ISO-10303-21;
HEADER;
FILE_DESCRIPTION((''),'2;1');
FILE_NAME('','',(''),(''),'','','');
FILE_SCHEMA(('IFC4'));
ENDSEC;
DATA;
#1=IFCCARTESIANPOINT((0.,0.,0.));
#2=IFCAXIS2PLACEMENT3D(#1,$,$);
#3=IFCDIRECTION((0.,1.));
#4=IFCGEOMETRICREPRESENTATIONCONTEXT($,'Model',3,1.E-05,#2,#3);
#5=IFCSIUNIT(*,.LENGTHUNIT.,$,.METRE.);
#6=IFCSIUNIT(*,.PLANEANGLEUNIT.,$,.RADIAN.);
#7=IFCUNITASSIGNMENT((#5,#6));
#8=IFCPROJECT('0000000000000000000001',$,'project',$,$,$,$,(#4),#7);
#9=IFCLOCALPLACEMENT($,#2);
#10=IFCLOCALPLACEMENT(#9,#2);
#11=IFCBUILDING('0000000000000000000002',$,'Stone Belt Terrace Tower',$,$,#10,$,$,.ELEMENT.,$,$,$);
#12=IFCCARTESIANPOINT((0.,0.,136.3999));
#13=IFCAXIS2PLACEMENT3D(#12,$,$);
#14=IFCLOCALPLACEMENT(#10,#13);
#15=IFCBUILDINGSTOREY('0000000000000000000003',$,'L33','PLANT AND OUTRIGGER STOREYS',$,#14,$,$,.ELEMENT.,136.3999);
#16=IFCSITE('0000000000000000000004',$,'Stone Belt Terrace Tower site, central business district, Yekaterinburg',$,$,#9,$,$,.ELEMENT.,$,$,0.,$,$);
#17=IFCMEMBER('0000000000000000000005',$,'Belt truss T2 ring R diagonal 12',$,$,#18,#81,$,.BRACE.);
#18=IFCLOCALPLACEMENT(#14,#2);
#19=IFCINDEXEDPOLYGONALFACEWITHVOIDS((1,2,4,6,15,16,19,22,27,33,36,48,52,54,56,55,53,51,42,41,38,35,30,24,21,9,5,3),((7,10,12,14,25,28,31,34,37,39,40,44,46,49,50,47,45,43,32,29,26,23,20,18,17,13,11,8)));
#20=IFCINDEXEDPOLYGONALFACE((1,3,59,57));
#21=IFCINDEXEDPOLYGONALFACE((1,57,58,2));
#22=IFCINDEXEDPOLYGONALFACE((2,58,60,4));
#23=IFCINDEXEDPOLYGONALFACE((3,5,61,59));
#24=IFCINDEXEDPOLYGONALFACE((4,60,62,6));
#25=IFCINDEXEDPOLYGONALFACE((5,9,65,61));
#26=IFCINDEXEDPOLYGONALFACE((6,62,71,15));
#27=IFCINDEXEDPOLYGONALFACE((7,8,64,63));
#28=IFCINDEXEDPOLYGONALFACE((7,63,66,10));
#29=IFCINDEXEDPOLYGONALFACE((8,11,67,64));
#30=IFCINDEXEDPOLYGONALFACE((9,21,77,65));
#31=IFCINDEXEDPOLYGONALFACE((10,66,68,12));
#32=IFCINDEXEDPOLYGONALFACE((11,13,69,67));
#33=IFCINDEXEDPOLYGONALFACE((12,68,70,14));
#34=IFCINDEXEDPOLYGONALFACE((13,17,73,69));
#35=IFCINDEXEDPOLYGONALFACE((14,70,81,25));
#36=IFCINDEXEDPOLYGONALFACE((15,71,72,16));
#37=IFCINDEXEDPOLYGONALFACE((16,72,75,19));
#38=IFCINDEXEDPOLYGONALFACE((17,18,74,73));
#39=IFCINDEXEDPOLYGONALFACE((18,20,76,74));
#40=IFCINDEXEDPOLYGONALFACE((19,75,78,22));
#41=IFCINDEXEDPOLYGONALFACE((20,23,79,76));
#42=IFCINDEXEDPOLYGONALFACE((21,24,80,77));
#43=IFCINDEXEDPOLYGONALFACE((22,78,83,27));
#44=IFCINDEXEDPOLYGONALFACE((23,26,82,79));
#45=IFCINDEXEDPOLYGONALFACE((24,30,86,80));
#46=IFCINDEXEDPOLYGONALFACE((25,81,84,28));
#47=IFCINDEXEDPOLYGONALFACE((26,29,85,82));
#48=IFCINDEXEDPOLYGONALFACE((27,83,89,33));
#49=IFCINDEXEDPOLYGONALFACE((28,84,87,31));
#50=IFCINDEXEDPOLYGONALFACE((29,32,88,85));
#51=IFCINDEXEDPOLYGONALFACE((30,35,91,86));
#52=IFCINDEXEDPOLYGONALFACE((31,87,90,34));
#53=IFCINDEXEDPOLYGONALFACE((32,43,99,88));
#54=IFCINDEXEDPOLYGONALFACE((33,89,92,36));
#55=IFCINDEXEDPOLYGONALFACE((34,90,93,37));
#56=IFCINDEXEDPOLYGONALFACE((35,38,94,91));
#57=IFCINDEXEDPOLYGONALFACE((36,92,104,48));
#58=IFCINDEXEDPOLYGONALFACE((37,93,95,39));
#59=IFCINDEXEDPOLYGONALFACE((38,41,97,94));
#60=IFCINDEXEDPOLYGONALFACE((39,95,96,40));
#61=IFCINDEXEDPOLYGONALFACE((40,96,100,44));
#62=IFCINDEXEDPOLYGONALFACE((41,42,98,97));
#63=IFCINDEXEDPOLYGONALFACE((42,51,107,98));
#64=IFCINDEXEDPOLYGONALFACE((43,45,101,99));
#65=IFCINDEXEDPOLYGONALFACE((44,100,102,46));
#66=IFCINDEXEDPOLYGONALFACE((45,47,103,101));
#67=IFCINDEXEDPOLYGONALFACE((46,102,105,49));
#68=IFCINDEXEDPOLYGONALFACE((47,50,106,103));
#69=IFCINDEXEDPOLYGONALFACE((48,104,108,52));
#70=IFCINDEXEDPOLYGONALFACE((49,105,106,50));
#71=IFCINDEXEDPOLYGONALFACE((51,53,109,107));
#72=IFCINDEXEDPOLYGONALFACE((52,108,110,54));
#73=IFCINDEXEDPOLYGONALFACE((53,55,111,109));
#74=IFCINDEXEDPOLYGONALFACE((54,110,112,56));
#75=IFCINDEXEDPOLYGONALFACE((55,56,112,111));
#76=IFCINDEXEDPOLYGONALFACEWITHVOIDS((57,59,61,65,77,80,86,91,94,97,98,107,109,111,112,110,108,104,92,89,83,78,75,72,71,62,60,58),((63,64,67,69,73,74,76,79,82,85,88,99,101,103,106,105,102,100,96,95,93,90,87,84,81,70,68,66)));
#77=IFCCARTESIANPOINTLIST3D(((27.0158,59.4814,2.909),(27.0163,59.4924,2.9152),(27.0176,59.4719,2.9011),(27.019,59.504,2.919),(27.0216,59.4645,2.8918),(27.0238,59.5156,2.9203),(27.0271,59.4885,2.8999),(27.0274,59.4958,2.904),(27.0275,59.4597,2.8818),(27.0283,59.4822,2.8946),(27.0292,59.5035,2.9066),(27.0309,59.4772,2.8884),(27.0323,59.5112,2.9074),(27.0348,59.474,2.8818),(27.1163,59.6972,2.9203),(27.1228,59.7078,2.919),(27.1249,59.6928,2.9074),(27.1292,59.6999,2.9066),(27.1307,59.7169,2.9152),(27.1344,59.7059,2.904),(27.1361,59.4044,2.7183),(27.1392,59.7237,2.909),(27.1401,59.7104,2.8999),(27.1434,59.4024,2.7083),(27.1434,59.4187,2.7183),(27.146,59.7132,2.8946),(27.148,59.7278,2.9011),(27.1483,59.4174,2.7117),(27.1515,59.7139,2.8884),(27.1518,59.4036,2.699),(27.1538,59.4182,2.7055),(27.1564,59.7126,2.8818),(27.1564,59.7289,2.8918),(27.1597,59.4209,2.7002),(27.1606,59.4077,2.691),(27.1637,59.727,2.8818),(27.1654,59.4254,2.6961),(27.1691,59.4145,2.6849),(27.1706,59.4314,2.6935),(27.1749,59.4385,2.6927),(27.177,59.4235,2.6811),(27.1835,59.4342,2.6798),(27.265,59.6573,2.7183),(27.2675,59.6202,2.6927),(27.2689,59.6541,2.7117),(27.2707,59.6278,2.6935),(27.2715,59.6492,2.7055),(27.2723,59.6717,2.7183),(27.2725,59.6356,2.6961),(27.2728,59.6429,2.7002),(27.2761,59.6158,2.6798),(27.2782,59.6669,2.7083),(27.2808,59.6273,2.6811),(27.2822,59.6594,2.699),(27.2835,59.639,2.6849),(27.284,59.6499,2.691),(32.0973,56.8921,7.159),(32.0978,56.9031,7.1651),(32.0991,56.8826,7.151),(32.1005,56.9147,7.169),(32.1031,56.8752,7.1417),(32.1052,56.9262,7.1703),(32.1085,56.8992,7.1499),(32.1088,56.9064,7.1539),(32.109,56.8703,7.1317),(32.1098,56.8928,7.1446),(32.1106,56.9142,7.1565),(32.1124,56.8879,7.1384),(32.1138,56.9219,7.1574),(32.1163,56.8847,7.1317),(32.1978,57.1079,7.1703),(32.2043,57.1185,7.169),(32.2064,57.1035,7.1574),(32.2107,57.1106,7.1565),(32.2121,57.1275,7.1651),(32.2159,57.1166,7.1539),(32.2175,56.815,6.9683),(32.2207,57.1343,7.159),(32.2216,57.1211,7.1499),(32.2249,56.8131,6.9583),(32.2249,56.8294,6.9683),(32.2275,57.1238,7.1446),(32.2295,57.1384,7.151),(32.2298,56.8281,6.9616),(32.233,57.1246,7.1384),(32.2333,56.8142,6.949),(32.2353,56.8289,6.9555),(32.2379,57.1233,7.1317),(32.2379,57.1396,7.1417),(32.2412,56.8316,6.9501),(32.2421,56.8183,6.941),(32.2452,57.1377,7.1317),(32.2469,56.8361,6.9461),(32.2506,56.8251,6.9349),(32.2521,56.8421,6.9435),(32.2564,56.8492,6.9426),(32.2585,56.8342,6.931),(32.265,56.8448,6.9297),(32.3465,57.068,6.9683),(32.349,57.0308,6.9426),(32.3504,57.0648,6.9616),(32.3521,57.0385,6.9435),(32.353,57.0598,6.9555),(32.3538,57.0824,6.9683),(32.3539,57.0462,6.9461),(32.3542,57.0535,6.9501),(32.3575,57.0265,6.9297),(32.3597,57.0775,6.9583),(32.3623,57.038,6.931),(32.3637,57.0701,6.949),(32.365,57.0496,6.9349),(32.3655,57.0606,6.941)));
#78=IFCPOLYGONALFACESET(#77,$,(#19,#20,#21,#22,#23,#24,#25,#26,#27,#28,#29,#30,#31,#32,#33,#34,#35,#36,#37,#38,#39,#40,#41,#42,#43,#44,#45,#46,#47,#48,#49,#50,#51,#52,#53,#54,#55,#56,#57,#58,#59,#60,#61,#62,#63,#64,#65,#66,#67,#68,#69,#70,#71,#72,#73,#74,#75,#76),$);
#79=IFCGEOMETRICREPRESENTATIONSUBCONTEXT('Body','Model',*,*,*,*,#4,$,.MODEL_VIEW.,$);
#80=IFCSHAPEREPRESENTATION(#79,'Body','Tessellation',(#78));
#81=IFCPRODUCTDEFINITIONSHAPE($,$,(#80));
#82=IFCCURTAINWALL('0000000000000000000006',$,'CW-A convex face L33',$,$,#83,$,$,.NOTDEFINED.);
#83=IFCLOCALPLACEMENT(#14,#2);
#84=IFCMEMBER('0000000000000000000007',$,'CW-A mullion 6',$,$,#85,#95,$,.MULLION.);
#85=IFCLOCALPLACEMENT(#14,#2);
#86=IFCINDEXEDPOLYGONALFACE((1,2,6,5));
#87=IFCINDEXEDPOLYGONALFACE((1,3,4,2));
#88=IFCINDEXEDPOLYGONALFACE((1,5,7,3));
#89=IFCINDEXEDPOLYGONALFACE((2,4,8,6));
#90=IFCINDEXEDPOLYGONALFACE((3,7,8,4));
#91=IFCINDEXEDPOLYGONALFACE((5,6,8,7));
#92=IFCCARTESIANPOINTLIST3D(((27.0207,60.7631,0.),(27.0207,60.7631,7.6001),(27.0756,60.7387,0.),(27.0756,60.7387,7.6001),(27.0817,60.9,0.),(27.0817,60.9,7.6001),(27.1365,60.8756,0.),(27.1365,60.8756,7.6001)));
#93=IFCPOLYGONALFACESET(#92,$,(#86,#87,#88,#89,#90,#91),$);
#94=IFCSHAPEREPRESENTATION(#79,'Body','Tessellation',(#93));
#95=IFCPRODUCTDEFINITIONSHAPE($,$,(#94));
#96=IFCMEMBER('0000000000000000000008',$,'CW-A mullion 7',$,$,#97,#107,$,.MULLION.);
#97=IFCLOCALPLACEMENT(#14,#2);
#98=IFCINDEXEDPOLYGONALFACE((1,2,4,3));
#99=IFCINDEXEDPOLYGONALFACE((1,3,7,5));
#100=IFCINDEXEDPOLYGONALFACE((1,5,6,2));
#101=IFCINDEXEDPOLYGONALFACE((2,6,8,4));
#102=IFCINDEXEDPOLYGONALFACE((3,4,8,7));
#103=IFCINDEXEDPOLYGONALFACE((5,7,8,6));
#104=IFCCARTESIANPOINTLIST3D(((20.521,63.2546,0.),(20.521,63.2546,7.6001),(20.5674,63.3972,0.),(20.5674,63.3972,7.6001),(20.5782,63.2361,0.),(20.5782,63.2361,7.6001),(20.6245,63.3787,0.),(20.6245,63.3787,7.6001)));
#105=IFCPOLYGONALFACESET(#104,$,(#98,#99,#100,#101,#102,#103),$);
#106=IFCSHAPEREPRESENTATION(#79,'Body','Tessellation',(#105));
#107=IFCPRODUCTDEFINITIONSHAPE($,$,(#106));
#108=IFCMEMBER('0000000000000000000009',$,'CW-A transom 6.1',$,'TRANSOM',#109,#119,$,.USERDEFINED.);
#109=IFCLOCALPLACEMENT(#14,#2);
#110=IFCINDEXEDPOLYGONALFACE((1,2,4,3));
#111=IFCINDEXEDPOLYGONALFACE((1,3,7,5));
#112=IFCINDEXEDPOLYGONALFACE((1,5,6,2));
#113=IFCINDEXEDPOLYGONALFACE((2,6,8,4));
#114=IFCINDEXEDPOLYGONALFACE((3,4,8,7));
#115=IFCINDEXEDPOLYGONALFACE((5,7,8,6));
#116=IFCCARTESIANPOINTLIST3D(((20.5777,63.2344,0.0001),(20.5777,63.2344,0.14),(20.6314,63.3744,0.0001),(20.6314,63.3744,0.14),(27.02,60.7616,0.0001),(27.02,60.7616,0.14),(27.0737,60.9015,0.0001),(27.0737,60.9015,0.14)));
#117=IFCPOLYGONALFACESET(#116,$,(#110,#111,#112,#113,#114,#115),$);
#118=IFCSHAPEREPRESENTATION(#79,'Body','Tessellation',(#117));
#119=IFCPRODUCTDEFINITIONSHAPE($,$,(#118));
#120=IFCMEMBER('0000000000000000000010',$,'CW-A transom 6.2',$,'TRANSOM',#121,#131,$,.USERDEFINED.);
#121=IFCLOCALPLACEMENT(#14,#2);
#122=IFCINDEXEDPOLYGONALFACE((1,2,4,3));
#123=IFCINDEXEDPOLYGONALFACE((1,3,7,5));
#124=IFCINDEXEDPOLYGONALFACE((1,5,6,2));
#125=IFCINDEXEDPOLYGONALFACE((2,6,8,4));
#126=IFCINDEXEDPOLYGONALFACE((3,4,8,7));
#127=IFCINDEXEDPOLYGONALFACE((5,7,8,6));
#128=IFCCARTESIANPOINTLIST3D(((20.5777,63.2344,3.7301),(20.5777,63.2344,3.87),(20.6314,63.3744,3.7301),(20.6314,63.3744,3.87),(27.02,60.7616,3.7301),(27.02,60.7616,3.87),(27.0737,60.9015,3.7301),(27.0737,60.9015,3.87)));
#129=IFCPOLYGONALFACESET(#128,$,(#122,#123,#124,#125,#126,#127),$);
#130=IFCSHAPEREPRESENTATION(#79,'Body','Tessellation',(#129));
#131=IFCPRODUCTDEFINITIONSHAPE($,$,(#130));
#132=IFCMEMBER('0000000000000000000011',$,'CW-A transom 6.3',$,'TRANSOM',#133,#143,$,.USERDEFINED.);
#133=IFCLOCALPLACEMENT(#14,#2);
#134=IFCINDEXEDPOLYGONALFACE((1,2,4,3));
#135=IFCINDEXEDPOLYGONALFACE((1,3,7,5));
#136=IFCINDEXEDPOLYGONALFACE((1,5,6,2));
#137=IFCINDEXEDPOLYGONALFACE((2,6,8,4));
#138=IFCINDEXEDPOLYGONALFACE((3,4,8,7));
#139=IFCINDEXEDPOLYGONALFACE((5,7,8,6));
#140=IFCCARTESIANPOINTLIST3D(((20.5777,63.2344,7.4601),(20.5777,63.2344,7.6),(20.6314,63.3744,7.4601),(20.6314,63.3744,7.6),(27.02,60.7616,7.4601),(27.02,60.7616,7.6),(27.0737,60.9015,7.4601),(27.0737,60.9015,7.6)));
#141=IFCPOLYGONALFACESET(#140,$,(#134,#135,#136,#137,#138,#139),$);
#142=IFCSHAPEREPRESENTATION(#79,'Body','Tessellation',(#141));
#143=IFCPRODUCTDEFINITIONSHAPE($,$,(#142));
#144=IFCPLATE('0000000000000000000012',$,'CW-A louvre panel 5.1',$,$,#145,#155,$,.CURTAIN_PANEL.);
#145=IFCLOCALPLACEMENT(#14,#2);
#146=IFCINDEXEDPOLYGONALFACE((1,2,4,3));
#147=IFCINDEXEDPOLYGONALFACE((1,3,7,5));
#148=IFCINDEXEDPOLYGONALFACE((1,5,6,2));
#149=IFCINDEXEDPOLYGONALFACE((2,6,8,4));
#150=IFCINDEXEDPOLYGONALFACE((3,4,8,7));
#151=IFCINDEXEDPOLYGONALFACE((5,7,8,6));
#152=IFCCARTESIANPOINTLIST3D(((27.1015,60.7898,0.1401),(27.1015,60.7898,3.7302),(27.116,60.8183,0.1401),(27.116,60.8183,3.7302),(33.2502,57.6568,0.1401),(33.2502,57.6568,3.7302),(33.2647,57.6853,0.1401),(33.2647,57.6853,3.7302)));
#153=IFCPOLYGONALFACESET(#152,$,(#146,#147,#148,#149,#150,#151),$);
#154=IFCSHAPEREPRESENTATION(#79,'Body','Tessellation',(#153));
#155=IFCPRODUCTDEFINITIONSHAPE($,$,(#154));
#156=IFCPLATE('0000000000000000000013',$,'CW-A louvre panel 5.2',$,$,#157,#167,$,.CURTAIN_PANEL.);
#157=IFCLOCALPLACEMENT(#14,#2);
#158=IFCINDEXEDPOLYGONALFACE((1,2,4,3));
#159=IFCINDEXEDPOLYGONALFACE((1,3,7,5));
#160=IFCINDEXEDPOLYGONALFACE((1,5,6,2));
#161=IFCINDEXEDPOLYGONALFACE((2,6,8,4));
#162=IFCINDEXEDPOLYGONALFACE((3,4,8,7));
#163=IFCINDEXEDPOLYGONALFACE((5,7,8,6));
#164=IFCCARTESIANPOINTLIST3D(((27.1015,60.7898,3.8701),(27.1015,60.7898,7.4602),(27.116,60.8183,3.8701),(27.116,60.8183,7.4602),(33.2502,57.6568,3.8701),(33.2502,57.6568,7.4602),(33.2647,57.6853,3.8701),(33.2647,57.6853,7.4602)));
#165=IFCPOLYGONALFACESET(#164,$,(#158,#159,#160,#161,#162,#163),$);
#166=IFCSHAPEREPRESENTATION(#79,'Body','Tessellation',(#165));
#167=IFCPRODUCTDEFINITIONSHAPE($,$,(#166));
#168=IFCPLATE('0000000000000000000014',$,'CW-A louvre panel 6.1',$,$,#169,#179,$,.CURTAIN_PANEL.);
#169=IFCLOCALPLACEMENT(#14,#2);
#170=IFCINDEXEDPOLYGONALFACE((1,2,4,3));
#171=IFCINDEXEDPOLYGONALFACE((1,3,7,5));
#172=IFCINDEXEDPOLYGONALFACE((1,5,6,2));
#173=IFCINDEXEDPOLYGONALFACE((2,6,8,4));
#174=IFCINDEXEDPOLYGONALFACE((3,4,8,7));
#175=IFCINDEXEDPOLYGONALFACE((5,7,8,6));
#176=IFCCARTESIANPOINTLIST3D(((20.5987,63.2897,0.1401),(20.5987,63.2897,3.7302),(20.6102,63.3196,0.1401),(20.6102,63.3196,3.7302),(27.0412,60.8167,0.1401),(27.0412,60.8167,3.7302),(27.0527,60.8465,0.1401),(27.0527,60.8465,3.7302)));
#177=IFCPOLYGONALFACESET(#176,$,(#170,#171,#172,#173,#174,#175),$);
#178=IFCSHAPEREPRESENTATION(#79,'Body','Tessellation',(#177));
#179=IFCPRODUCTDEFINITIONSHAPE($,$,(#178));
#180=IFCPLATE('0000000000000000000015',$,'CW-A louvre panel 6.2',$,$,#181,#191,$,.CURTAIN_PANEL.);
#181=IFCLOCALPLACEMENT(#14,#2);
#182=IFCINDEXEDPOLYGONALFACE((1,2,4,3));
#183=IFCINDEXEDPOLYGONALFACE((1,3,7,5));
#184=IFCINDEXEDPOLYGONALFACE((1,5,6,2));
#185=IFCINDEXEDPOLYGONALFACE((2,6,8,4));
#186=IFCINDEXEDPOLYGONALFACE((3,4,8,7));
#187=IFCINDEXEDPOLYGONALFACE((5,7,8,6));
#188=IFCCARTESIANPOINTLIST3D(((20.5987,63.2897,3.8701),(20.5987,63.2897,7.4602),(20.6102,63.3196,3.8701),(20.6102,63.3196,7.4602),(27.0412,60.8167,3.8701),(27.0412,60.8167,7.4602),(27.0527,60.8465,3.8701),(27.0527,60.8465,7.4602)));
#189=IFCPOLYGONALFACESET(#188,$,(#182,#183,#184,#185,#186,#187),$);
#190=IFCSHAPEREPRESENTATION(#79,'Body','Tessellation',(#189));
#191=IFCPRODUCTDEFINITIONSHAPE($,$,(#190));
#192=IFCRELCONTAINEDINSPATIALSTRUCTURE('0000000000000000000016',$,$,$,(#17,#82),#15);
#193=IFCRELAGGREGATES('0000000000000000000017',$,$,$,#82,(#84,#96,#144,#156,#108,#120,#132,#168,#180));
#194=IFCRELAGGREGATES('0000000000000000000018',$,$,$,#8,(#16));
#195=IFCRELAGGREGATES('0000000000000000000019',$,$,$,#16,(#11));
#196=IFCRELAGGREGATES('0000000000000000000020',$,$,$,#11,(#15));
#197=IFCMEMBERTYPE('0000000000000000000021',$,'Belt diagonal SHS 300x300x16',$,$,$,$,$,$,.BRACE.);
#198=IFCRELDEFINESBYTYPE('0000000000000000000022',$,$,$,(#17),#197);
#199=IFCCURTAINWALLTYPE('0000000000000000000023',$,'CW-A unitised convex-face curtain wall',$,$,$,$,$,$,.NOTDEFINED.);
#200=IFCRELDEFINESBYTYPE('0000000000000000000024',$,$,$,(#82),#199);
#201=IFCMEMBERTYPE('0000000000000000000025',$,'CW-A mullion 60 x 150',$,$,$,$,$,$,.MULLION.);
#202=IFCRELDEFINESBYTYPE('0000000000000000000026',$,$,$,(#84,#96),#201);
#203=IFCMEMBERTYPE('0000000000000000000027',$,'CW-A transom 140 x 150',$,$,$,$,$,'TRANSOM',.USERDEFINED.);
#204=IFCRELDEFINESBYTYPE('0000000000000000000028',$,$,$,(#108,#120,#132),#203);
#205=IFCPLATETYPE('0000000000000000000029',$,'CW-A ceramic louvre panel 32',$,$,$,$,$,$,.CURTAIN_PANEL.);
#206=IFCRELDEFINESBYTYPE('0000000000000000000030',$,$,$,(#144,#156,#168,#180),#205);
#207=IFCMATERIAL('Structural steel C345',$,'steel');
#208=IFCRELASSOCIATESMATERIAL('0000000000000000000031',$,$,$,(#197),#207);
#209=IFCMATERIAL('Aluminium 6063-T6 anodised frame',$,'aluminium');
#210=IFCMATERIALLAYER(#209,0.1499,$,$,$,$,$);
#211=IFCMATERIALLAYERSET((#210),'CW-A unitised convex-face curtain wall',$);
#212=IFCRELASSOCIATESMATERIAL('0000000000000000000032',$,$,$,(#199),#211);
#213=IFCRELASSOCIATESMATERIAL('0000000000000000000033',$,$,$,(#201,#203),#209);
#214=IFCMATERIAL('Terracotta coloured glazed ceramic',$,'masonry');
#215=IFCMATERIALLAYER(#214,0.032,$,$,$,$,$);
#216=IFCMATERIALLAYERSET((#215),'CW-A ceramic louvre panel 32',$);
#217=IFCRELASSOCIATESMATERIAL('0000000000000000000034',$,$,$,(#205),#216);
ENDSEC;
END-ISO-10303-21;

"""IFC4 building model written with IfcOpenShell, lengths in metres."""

from ifc_helpers import new_model, si_unit, direction, frame, origin, origin_2d, place, context, subcontext, project, spatial, rectangle, hollow_rectangle, extrude, material, layer, layer_set, material_profile, profile_set, type_object, element, aggregate, save


model = new_model("IFC4")

# Units and contexts
model_context = context("Model", 3, precision=1e-05, world=origin(), true_north=direction((0.0, 1.0)))
body_context = subcontext(model_context, "Body", "Model", "MODEL_VIEW")
ifc_project = project(units=[si_unit("LENGTHUNIT", "METRE"), si_unit("PLANEANGLEUNIT", "RADIAN")], contexts=[model_context])

# Site, building, storey
site_placement = place(None, origin())
site = spatial("IfcSite", under=ifc_project, at=site_placement, Name="Stone Belt Terrace Tower site, central business district, Yekaterinburg", CompositionType="ELEMENT", RefElevation=0.0)
building_placement = place(site_placement, origin())
building = spatial("IfcBuilding", under=site, at=building_placement, Name="Stone Belt Terrace Tower", CompositionType="ELEMENT")
storey_placement = place(building_placement, frame((0.0, 0.0, 136.3999)))
storey = spatial("IfcBuildingStorey", under=building, at=storey_placement, Name="L33", Description="PLANT AND OUTRIGGER STOREYS", CompositionType="ELEMENT", Elevation=136.3999)

# Member
ifc_material_1 = material(Name="Structural steel C345", Category="steel")
ifc_material_profile_1 = material_profile(ifc_material_1, hollow_rectangle(XDim=0.3, YDim=0.3, WallThickness=0.0161, InnerFilletRadius=0.032, OuterFilletRadius=0.0481, at=origin_2d()), Name="SHS 300x300x16")
ifc_profile_set_1 = profile_set([ifc_material_profile_1], Name="Structural steel C345")
member_type_1 = type_object("IfcMemberType", Name="Belt diagonal SHS 300x300x16", PredefinedType="BRACE", material=ifc_profile_set_1)
member_1_placement = place(storey_placement, frame((27.1499, 59.5657, 2.8), z_axis=(0.714441, -0.364051, 0.59753), x_axis=(0.454016, 0.890994, 0.0)))
element("IfcMember", 1, at=member_1_placement, inside=storey, type_object=member_type_1, Name="Belt truss T2 ring R diagonal 12", PredefinedType="BRACE", context=body_context, shape_type="SweptSolid", body=[
    extrude(hollow_rectangle(XDim=0.3, YDim=0.3, WallThickness=0.0161, InnerFilletRadius=0.032, OuterFilletRadius=0.0481, at=origin_2d()), origin(), (0.0, 0.0, 1.0), 7.1125),
])

# Curtain wall, members, plates
ifc_material_2 = material(Name="Aluminium 6063-T6 anodised frame", Category="aluminium")
ifc_layer_1 = layer(ifc_material_2, 0.1499)
ifc_layer_set_1 = layer_set([ifc_layer_1], Name="CW-A unitised convex-face curtain wall")
curtain_wall_type = type_object("IfcCurtainWallType", Name="CW-A unitised convex-face curtain wall", PredefinedType="NOTDEFINED", material=ifc_layer_set_1)
curtain_wall_placement = place(storey_placement, origin())
curtain_wall = element("IfcCurtainWall", 2, at=curtain_wall_placement, inside=storey, type_object=curtain_wall_type, Name="CW-A convex face L33", PredefinedType="NOTDEFINED")
ifc_material_profile_2 = material_profile(ifc_material_2, rectangle(XDim=0.1499, YDim=0.0601, at=origin_2d()), Name="Aluminium 6063-T6 60x150")
ifc_profile_set_2 = profile_set([ifc_material_profile_2], Name="Aluminium 6063-T6 anodised frame")
member_type_2 = type_object("IfcMemberType", Name="CW-A mullion 60 x 150", PredefinedType="MULLION", material=ifc_profile_set_2)
member_2_placement = place(storey_placement, frame((27.0786, 60.8193, 0.0), z_axis=(0.0, 0.0, 1.0), x_axis=(-0.406737, -0.913545, 0.0)))
member_2 = element("IfcMember", 3, at=member_2_placement, type_object=member_type_2, Name="CW-A mullion 6", PredefinedType="MULLION", context=body_context, shape_type="SweptSolid", body=[
    extrude(rectangle(XDim=0.1499, YDim=0.0601, at=origin_2d()), origin(), (0.0, 0.0, 1.0), 7.6001),
])
member_3_placement = place(storey_placement, frame((20.5728, 63.3167, 0.0), z_axis=(0.0, 0.0, 1.0), x_axis=(-0.309017, -0.951057, 0.0)))
member_3 = element("IfcMember", 4, at=member_3_placement, type_object=member_type_2, Name="CW-A mullion 7", PredefinedType="MULLION", context=body_context, shape_type="SweptSolid", body=[
    extrude(rectangle(XDim=0.1499, YDim=0.0601, at=origin_2d()), origin(), (0.0, 0.0, 1.0), 7.6001),
])
ifc_material_profile_3 = material_profile(ifc_material_2, rectangle(XDim=0.1499, YDim=0.1399, at=origin_2d()), Name="Aluminium 6063-T6 150x140")
ifc_profile_set_3 = profile_set([ifc_material_profile_3], Name="Aluminium 6063-T6 anodised frame")
member_type_3 = type_object("IfcMemberType", Name="CW-A transom 140 x 150", ElementType="TRANSOM", PredefinedType="USERDEFINED", material=ifc_profile_set_3)
member_4_placement = place(storey_placement, frame((27.0469, 60.8315, 0.0701), z_axis=(-0.933585, 0.358355, 0.0), x_axis=(-0.358355, -0.933585, 0.0)))
member_4 = element("IfcMember", 5, at=member_4_placement, type_object=member_type_3, Name="CW-A transom 6.1", ObjectType="TRANSOM", PredefinedType="USERDEFINED", context=body_context, shape_type="SweptSolid", body=[
    extrude(rectangle(XDim=0.1499, YDim=0.1399, at=origin_2d()), origin(), (0.0, 0.0, 1.0), 6.9006),
])
member_5_placement = place(storey_placement, frame((27.0469, 60.8315, 3.8), z_axis=(-0.933585, 0.358355, 0.0), x_axis=(-0.358355, -0.933585, 0.0)))
member_5 = element("IfcMember", 6, at=member_5_placement, type_object=member_type_3, Name="CW-A transom 6.2", ObjectType="TRANSOM", PredefinedType="USERDEFINED", context=body_context, shape_type="SweptSolid", body=[
    extrude(rectangle(XDim=0.1499, YDim=0.1399, at=origin_2d()), origin(), (0.0, 0.0, 1.0), 6.9006),
])
member_6_placement = place(storey_placement, frame((27.0469, 60.8315, 7.53), z_axis=(-0.933585, 0.358355, 0.0), x_axis=(-0.358355, -0.933585, 0.0)))
member_6 = element("IfcMember", 7, at=member_6_placement, type_object=member_type_3, Name="CW-A transom 6.3", ObjectType="TRANSOM", PredefinedType="USERDEFINED", context=body_context, shape_type="SweptSolid", body=[
    extrude(rectangle(XDim=0.1499, YDim=0.1399, at=origin_2d()), origin(), (0.0, 0.0, 1.0), 6.9006),
])
ifc_material_3 = material(Name="Terracotta coloured glazed ceramic", Category="masonry")
ifc_layer_2 = layer(ifc_material_3, 0.032)
ifc_layer_set_2 = layer_set([ifc_layer_2], Name="CW-A ceramic louvre panel 32")
plate_type = type_object("IfcPlateType", Name="CW-A ceramic louvre panel 32", PredefinedType="CURTAIN_PANEL", material=ifc_layer_set_2)
plate_1_placement = place(storey_placement, frame((30.1831, 59.2375, 0.1401), z_axis=(0.0, 0.0, 1.0), x_axis=(-0.891007, 0.45399, 0.0)))
plate_1 = element("IfcPlate", 8, at=plate_1_placement, type_object=plate_type, Name="CW-A louvre panel 5.1", PredefinedType="CURTAIN_PANEL", context=body_context, shape_type="SweptSolid", body=[
    extrude(rectangle(XDim=6.9009, YDim=0.032, at=origin_2d()), origin(), (0.0, 0.0, 1.0), 3.5901),
])
plate_2_placement = place(storey_placement, frame((30.1831, 59.2375, 3.8701), z_axis=(0.0, 0.0, 1.0), x_axis=(-0.891007, 0.45399, 0.0)))
plate_2 = element("IfcPlate", 9, at=plate_2_placement, type_object=plate_type, Name="CW-A louvre panel 5.2", PredefinedType="CURTAIN_PANEL", context=body_context, shape_type="SweptSolid", body=[
    extrude(rectangle(XDim=6.9009, YDim=0.032, at=origin_2d()), origin(), (0.0, 0.0, 1.0), 3.5901),
])
plate_3_placement = place(storey_placement, frame((23.8257, 62.0681, 0.1401), z_axis=(0.0, 0.0, 1.0), x_axis=(-0.93358, 0.358368, 0.0)))
plate_3 = element("IfcPlate", 10, at=plate_3_placement, type_object=plate_type, Name="CW-A louvre panel 6.1", PredefinedType="CURTAIN_PANEL", context=body_context, shape_type="SweptSolid", body=[
    extrude(rectangle(XDim=6.9009, YDim=0.032, at=origin_2d()), origin(), (0.0, 0.0, 1.0), 3.5901),
])
plate_4_placement = place(storey_placement, frame((23.8257, 62.0681, 3.8701), z_axis=(0.0, 0.0, 1.0), x_axis=(-0.93358, 0.358368, 0.0)))
plate_4 = element("IfcPlate", 11, at=plate_4_placement, type_object=plate_type, Name="CW-A louvre panel 6.2", PredefinedType="CURTAIN_PANEL", context=body_context, shape_type="SweptSolid", body=[
    extrude(rectangle(XDim=6.9009, YDim=0.032, at=origin_2d()), origin(), (0.0, 0.0, 1.0), 3.5901),
])
aggregate(curtain_wall, [member_2, member_3, plate_1, plate_2, member_4, member_5, member_6, plate_3, plate_4])

save(model, "model.ifc")
